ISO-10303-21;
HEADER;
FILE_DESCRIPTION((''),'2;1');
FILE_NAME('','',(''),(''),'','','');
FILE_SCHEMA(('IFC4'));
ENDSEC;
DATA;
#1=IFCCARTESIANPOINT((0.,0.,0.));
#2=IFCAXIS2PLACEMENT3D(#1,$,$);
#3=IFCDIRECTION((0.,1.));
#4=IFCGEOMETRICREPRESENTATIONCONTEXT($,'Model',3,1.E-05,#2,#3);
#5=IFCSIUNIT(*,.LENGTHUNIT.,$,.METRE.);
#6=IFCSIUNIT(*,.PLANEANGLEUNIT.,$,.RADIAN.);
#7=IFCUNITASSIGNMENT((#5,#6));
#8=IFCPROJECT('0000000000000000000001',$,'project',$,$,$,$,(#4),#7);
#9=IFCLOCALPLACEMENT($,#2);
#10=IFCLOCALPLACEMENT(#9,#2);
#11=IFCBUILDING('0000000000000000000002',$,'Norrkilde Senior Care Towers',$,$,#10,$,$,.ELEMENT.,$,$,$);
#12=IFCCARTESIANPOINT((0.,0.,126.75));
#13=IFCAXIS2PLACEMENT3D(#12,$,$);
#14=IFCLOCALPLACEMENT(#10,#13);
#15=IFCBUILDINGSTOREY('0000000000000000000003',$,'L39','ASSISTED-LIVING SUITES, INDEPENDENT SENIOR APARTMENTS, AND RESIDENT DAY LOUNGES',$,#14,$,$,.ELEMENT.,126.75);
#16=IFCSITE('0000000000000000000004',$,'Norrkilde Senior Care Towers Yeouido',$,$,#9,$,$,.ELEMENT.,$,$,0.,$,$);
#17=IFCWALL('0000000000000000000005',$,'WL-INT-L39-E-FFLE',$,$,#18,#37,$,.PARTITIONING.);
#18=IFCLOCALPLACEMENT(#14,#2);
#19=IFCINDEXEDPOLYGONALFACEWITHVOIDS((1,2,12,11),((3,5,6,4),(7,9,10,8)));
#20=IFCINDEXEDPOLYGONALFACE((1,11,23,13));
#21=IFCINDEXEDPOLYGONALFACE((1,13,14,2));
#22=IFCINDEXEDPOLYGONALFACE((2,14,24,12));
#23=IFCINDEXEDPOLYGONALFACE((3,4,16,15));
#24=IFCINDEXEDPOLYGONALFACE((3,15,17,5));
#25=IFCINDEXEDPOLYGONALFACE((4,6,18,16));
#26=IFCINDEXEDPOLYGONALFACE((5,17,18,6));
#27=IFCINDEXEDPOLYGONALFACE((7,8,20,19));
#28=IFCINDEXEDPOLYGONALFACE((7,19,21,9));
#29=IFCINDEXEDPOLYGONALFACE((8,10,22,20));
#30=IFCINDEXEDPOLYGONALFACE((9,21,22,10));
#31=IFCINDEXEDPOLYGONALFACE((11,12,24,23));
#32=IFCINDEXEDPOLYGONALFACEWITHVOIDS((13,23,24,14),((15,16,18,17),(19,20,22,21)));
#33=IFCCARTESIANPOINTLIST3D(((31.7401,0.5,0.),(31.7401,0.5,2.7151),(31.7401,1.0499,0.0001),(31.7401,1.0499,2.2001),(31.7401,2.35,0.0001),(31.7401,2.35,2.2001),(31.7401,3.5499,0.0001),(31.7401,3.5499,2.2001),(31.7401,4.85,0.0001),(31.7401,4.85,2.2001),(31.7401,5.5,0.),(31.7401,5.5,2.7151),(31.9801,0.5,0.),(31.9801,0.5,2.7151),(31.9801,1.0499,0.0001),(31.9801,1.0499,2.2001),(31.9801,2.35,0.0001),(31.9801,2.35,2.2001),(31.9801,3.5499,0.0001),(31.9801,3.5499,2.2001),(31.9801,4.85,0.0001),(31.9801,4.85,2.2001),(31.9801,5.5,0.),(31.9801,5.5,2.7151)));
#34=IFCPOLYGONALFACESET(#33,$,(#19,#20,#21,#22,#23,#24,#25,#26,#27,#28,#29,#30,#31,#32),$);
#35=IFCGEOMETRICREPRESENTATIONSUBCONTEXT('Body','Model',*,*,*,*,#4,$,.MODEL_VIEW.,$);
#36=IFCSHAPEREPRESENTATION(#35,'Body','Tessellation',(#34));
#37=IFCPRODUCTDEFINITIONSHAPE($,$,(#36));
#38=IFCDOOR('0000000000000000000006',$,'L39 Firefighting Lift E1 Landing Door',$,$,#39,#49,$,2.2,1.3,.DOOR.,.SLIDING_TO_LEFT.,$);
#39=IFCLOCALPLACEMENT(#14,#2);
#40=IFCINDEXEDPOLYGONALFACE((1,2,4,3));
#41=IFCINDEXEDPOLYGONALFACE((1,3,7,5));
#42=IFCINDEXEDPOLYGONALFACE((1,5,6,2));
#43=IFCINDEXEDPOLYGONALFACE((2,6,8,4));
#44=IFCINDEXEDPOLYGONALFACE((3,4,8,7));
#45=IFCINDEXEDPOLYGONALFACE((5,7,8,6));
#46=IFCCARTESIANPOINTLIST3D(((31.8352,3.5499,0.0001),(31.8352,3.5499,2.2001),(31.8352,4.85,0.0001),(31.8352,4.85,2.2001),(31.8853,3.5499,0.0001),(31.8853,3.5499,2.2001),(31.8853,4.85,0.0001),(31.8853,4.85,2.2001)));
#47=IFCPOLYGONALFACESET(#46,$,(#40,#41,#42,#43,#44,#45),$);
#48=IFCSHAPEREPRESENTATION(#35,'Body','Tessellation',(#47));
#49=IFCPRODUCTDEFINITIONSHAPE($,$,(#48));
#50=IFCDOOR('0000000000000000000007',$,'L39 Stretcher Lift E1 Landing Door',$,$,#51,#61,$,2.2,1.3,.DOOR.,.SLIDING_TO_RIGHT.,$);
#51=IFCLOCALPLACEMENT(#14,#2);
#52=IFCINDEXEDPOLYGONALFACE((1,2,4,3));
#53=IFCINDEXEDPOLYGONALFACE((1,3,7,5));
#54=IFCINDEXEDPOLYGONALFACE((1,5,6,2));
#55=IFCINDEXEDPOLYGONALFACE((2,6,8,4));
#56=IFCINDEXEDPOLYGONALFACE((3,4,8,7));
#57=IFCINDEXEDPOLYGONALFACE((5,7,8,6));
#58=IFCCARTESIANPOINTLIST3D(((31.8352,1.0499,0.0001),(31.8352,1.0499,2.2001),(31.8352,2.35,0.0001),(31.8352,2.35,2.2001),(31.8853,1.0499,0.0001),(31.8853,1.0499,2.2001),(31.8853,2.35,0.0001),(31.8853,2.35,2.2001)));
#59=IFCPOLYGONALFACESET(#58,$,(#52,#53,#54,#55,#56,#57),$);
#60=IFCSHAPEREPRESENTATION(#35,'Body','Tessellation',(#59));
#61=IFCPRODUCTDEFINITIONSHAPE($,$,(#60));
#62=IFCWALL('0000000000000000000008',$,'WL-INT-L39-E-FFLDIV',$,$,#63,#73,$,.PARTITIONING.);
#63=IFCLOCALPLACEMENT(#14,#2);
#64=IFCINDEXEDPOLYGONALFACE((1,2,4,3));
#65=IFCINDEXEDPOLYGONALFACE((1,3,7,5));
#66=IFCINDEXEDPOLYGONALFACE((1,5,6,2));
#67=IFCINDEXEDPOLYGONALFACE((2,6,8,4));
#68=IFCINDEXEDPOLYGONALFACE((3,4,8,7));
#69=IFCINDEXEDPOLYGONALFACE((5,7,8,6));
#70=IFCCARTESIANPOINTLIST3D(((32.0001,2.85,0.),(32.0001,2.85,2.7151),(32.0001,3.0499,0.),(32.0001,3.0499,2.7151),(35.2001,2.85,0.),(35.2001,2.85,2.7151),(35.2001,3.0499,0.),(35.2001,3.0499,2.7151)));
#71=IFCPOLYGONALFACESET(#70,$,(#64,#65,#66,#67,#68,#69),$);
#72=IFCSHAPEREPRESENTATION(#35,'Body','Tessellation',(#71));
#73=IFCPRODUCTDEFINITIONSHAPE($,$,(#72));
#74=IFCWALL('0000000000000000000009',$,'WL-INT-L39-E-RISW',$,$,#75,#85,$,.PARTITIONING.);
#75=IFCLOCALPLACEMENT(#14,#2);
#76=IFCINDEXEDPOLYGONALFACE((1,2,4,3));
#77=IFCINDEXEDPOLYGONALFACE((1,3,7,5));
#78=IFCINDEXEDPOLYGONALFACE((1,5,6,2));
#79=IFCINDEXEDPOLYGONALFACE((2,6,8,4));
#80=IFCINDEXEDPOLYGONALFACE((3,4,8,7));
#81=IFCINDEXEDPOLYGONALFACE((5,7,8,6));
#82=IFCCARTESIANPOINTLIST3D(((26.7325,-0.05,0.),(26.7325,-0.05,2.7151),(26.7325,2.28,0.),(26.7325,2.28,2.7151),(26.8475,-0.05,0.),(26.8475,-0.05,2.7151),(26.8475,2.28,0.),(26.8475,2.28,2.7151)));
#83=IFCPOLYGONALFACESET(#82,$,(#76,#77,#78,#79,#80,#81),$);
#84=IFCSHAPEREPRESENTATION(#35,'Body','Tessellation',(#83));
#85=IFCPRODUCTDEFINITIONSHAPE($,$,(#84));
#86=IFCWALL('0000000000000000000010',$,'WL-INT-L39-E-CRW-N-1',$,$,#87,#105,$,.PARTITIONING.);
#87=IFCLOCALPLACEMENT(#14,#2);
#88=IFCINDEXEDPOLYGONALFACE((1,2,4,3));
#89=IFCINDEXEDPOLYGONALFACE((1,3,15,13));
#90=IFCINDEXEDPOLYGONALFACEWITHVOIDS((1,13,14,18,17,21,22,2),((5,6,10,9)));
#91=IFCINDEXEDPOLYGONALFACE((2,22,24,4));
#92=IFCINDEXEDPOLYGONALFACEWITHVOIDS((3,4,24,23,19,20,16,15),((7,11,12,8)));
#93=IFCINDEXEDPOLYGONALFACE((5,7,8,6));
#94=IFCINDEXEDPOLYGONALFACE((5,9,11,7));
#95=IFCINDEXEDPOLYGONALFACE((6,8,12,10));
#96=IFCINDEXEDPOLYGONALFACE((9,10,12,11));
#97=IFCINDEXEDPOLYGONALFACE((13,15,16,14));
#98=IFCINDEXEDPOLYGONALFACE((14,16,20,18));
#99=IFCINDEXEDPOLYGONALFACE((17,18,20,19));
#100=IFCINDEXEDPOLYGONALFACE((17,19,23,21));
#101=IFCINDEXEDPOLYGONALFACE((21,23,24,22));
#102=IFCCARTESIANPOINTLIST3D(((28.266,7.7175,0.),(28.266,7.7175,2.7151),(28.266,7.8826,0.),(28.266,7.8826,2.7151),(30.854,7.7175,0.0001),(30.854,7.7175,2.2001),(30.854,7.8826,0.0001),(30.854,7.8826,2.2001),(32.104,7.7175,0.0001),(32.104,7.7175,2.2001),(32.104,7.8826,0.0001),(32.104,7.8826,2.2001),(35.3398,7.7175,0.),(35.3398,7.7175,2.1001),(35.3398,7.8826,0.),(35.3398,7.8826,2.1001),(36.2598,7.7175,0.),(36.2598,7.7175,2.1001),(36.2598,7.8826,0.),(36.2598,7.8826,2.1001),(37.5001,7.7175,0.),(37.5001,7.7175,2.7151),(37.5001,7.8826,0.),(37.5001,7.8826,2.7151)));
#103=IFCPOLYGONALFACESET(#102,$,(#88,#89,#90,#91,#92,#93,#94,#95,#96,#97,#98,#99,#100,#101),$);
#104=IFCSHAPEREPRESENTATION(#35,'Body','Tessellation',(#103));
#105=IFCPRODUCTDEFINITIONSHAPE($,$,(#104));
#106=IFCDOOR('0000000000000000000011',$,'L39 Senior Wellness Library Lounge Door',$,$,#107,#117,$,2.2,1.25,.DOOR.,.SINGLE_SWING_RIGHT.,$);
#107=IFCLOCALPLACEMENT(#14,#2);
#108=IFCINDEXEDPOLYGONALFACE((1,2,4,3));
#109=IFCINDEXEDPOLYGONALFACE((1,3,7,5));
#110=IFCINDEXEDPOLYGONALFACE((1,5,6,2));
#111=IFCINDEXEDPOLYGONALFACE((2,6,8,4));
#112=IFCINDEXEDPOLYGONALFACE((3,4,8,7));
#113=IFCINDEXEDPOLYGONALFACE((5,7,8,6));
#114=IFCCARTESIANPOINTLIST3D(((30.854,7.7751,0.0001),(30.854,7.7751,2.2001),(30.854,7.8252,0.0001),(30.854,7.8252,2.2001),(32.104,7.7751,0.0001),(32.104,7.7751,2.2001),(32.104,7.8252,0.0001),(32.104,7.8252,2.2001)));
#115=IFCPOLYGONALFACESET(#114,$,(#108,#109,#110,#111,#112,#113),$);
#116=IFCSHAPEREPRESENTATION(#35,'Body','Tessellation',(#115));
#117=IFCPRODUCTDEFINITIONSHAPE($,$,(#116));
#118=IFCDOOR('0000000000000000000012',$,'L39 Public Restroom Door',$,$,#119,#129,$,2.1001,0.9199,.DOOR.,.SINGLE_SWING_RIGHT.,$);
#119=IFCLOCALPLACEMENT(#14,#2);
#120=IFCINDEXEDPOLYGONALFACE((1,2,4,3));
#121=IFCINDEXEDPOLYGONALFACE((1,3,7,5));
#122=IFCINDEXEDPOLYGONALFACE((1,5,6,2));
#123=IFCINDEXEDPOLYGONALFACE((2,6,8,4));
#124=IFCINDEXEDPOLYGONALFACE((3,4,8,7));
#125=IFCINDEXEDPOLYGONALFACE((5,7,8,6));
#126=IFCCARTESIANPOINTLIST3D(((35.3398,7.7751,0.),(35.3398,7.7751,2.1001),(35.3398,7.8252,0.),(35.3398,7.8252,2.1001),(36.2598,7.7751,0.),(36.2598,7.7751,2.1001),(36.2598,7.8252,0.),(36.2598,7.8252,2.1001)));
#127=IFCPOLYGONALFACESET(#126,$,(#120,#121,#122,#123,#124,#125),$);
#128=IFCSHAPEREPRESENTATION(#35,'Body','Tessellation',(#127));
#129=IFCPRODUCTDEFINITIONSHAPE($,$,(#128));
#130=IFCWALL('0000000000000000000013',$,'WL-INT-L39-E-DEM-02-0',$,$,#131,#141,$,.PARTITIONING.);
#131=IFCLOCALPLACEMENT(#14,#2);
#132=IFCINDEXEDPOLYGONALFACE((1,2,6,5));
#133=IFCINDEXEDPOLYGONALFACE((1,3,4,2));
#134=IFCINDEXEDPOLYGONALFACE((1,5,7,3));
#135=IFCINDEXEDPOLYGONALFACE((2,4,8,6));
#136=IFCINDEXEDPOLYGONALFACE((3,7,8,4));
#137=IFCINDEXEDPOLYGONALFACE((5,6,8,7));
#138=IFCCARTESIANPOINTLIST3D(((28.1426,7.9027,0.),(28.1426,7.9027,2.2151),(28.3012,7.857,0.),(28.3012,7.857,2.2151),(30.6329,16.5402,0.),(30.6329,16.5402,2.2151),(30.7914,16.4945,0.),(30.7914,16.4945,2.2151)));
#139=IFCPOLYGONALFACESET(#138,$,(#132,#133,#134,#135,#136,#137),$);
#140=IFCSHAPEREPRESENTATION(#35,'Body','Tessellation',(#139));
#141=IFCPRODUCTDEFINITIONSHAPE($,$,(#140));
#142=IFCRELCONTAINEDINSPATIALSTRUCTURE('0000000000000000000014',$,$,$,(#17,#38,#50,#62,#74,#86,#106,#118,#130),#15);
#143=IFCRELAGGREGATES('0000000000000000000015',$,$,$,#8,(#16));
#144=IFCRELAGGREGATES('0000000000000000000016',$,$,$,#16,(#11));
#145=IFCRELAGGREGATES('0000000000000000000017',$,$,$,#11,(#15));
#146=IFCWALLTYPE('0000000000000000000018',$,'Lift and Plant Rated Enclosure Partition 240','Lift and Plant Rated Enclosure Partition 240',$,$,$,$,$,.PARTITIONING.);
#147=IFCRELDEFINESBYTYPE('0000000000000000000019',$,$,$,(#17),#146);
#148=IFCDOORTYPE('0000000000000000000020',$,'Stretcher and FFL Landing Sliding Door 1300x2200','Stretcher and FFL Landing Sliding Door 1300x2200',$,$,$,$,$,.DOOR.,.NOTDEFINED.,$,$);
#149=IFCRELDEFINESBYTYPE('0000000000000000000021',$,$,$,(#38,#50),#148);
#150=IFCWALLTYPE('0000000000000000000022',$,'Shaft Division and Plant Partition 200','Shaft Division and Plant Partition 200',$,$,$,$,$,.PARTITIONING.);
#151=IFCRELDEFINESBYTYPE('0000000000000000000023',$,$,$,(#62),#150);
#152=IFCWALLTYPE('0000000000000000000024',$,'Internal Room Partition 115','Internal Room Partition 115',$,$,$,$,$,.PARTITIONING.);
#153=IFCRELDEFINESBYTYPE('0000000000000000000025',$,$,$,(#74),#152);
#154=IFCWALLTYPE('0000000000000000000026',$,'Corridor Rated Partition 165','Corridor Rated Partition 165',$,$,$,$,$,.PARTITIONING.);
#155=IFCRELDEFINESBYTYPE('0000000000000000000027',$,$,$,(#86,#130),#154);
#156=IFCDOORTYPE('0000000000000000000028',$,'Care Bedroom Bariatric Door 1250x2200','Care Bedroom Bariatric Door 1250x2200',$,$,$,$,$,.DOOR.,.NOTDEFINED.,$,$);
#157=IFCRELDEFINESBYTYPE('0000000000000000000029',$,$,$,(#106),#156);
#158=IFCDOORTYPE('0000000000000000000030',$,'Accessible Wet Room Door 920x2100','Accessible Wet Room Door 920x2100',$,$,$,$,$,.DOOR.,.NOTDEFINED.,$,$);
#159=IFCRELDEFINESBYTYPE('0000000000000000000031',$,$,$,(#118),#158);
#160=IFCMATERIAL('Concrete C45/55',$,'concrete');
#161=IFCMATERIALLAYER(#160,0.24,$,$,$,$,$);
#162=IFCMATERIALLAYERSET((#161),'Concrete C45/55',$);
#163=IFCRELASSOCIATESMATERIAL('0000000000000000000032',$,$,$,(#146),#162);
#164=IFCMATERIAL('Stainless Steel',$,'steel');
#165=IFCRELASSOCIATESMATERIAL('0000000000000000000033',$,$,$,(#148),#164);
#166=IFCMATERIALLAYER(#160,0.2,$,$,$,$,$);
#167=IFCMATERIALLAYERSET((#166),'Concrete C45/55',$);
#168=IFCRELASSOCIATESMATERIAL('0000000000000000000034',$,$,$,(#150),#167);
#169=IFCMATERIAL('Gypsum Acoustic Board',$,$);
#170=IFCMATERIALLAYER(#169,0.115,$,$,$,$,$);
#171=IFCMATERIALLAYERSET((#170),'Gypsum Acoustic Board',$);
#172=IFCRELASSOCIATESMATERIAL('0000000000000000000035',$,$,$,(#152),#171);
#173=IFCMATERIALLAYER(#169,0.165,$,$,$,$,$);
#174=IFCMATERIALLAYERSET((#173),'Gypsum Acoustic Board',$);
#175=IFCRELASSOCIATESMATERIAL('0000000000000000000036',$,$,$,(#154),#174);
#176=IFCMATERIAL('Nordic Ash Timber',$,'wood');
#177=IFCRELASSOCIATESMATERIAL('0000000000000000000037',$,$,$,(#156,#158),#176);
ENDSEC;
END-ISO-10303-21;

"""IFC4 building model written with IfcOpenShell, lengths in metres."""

from ifc_helpers import new_model, si_unit, direction, frame, frame_2d, origin, place, context, subcontext, project, spatial, rectangle, extrude, source, transform, mapped, material, layer, layer_set, type_object, type_shapes, element, fill, save


model = new_model("IFC4")

# Units and contexts
model_context = context("Model", 3, precision=1e-05, world=origin(), true_north=direction((0.0, 1.0)))
body_context = subcontext(model_context, "Body", "Model", "MODEL_VIEW")
ifc_project = project(units=[si_unit("LENGTHUNIT", "METRE"), si_unit("PLANEANGLEUNIT", "RADIAN")], contexts=[model_context])

# Site, building, storey
site_placement = place(None, origin())
site = spatial("IfcSite", under=ifc_project, at=site_placement, Name="Norrkilde Senior Care Towers Yeouido", CompositionType="ELEMENT", RefElevation=0.0)
building_placement = place(site_placement, origin())
building = spatial("IfcBuilding", under=site, at=building_placement, Name="Norrkilde Senior Care Towers", CompositionType="ELEMENT")
storey_placement = place(building_placement, frame((0.0, 0.0, 126.75)))
storey = spatial("IfcBuildingStorey", under=building, at=storey_placement, Name="L39", Description="ASSISTED-LIVING SUITES, INDEPENDENT SENIOR APARTMENTS, AND RESIDENT DAY LOUNGES", CompositionType="ELEMENT", Elevation=126.75)

# Wall, openings, doors
ifc_material_1 = material(Name="Concrete C45/55", Category="concrete")
ifc_layer_1 = layer(ifc_material_1, 0.24)
ifc_layer_set_1 = layer_set([ifc_layer_1], Name="Concrete C45/55")
wall_type_1 = type_object("IfcWallType", Name="Lift and Plant Rated Enclosure Partition 240", Description="Lift and Plant Rated Enclosure Partition 240", PredefinedType="PARTITIONING", material=ifc_layer_set_1)
shared_shape_1 = source(origin(), body_context, "Body", "SweptSolid", [
    extrude(rectangle(XDim=5.0, YDim=0.24, at=frame_2d((2.5, 0.0))), origin(), (0.0, 0.0, 1.0), 2.7151),
])
type_shapes(wall_type_1, [shared_shape_1])
wall_1_placement = place(storey_placement, frame((31.8601, 0.5, 0.0), z_axis=(0.0, 0.0, 1.0), x_axis=(0.0, 1.0, 0.0)))
wall_1 = element("IfcWall", 1, at=wall_1_placement, inside=storey, type_object=wall_type_1, Name="WL-INT-L39-E-FFLE", PredefinedType="PARTITIONING", context=body_context, shape_type="MappedRepresentation", body=[
    mapped(shared_shape_1, transform((0.0, 0.0, 0.0), x_axis=(1.0, 0.0, 0.0), y_axis=(0.0, 1.0, 0.0), z_axis=(0.0, 0.0, 1.0), scale=1.0)),
])
opening_1_placement = place(wall_1_placement, frame((3.05, 0.0, 0.0)))
opening_1 = element("IfcOpeningElement", 2, at=opening_1_placement, cuts=wall_1, PredefinedType="OPENING", context=body_context, shape_type="SweptSolid", body=[
    extrude(rectangle(XDim=1.3, YDim=2.2, at=frame_2d((0.6499, 1.1001))), frame((0.0, 0.1299, 0.0), z_axis=(0.0, -1.0, 0.0), x_axis=(1.0, 0.0, 0.0)), (0.0, 0.0, 1.0), 0.26),
])
opening_2_placement = place(wall_1_placement, frame((0.55, 0.0, 0.0)))
opening_2 = element("IfcOpeningElement", 3, at=opening_2_placement, cuts=wall_1, PredefinedType="OPENING", context=body_context, shape_type="SweptSolid", body=[
    extrude(rectangle(XDim=1.3, YDim=2.2, at=frame_2d((0.6499, 1.1001))), frame((0.0, 0.1299, 0.0), z_axis=(0.0, -1.0, 0.0), x_axis=(1.0, 0.0, 0.0)), (0.0, 0.0, 1.0), 0.26),
])
ifc_material_2 = material(Name="Stainless Steel", Category="steel")
door_type_1 = type_object("IfcDoorType", Name="Stretcher and FFL Landing Sliding Door 1300x2200", Description="Stretcher and FFL Landing Sliding Door 1300x2200", OperationType="NOTDEFINED", PredefinedType="DOOR", material=ifc_material_2)
shared_shape_2 = source(origin(), body_context, "Body", "SweptSolid", [
    extrude(rectangle(XDim=1.3, YDim=2.2, at=frame_2d((0.6499, 1.1001))), frame((0.0, 0.0249, 0.0), z_axis=(0.0, -1.0, 0.0), x_axis=(1.0, 0.0, 0.0)), (0.0, 0.0, 1.0), 0.05),
])
type_shapes(door_type_1, [shared_shape_2])
door_1_placement = place(opening_1_placement, origin())
door_1 = element("IfcDoor", 4, at=door_1_placement, inside=storey, type_object=door_type_1, Name="L39 Firefighting Lift E1 Landing Door", OperationType="SLIDING_TO_LEFT", OverallHeight=2.2, OverallWidth=1.3, PredefinedType="DOOR", context=body_context, shape_type="MappedRepresentation", body=[
    mapped(shared_shape_2, transform((0.0, 0.0, 0.0), x_axis=(1.0, 0.0, 0.0), y_axis=(0.0, 1.0, 0.0), z_axis=(0.0, 0.0, 1.0), scale=1.0)),
])
fill(opening_1, door_1)
door_2_placement = place(opening_2_placement, origin())
door_2 = element("IfcDoor", 5, at=door_2_placement, inside=storey, type_object=door_type_1, Name="L39 Stretcher Lift E1 Landing Door", OperationType="SLIDING_TO_RIGHT", OverallHeight=2.2, OverallWidth=1.3, PredefinedType="DOOR", context=body_context, shape_type="MappedRepresentation", body=[
    mapped(shared_shape_2, transform((0.0, 0.0, 0.0), x_axis=(1.0, 0.0, 0.0), y_axis=(0.0, 1.0, 0.0), z_axis=(0.0, 0.0, 1.0), scale=1.0)),
])
fill(opening_2, door_2)

# Wall
ifc_layer_2 = layer(ifc_material_1, 0.2)
ifc_layer_set_2 = layer_set([ifc_layer_2], Name="Concrete C45/55")
wall_type_2 = type_object("IfcWallType", Name="Shaft Division and Plant Partition 200", Description="Shaft Division and Plant Partition 200", PredefinedType="PARTITIONING", material=ifc_layer_set_2)
shared_shape_3 = source(origin(), body_context, "Body", "SweptSolid", [
    extrude(rectangle(XDim=3.2, YDim=0.2, at=frame_2d((1.6001, 0.0))), origin(), (0.0, 0.0, 1.0), 2.7151),
])
type_shapes(wall_type_2, [shared_shape_3])
wall_2_placement = place(storey_placement, frame((32.0, 2.95, 0.0), z_axis=(0.0, 0.0, 1.0), x_axis=(1.0, 0.0, 0.0)))
element("IfcWall", 6, at=wall_2_placement, inside=storey, type_object=wall_type_2, Name="WL-INT-L39-E-FFLDIV", PredefinedType="PARTITIONING", context=body_context, shape_type="MappedRepresentation", body=[
    mapped(shared_shape_3, transform((0.0, 0.0, 0.0), x_axis=(1.0, 0.0, 0.0), y_axis=(0.0, 1.0, 0.0), z_axis=(0.0, 0.0, 1.0), scale=1.0)),
])

# Wall
ifc_material_3 = material(Name="Gypsum Acoustic Board")
ifc_layer_3 = layer(ifc_material_3, 0.115)
ifc_layer_set_3 = layer_set([ifc_layer_3], Name="Gypsum Acoustic Board")
wall_type_3 = type_object("IfcWallType", Name="Internal Room Partition 115", Description="Internal Room Partition 115", PredefinedType="PARTITIONING", material=ifc_layer_set_3)
shared_shape_4 = source(origin(), body_context, "Body", "SweptSolid", [
    extrude(rectangle(XDim=2.3301, YDim=0.115, at=frame_2d((1.165, 0.0))), origin(), (0.0, 0.0, 1.0), 2.7151),
])
type_shapes(wall_type_3, [shared_shape_4])
wall_3_placement = place(storey_placement, frame((26.79, -0.05, 0.0), z_axis=(0.0, 0.0, 1.0), x_axis=(0.0, 1.0, 0.0)))
element("IfcWall", 7, at=wall_3_placement, inside=storey, type_object=wall_type_3, Name="WL-INT-L39-E-RISW", PredefinedType="PARTITIONING", context=body_context, shape_type="MappedRepresentation", body=[
    mapped(shared_shape_4, transform((0.0, 0.0, 0.0), x_axis=(1.0, 0.0, 0.0), y_axis=(0.0, 1.0, 0.0), z_axis=(0.0, 0.0, 1.0), scale=1.0)),
])

# Wall, openings, doors
ifc_layer_4 = layer(ifc_material_3, 0.165)
ifc_layer_set_4 = layer_set([ifc_layer_4], Name="Gypsum Acoustic Board")
wall_type_4 = type_object("IfcWallType", Name="Corridor Rated Partition 165", Description="Corridor Rated Partition 165", PredefinedType="PARTITIONING", material=ifc_layer_set_4)
shared_shape_5 = source(origin(), body_context, "Body", "SweptSolid", [
    extrude(rectangle(XDim=9.2341, YDim=0.165, at=frame_2d((4.6172, 0.0))), origin(), (0.0, 0.0, 1.0), 2.7151),
])
wall_4_placement = place(storey_placement, frame((28.2659, 7.8, 0.0), z_axis=(0.0, 0.0, 1.0), x_axis=(1.0, 0.0, 0.0)))
wall_4 = element("IfcWall", 8, at=wall_4_placement, inside=storey, type_object=wall_type_4, Name="WL-INT-L39-E-CRW-N-1", PredefinedType="PARTITIONING", context=body_context, shape_type="MappedRepresentation", body=[
    mapped(shared_shape_5, transform((0.0, 0.0, 0.0), x_axis=(1.0, 0.0, 0.0), y_axis=(0.0, 1.0, 0.0), z_axis=(0.0, 0.0, 1.0), scale=1.0)),
])
opening_3_placement = place(wall_4_placement, frame((7.074, 0.0, 0.0)))
opening_3 = element("IfcOpeningElement", 9, at=opening_3_placement, cuts=wall_4, PredefinedType="OPENING", context=body_context, shape_type="SweptSolid", body=[
    extrude(rectangle(XDim=0.9199, YDim=2.1001, at=frame_2d((0.46, 1.05))), frame((0.0, 0.0925, 0.0), z_axis=(0.0, -1.0, 0.0), x_axis=(1.0, 0.0, 0.0)), (0.0, 0.0, 1.0), 0.1851),
])
opening_4_placement = place(wall_4_placement, frame((2.5881, 0.0, 0.0)))
opening_4 = element("IfcOpeningElement", 10, at=opening_4_placement, cuts=wall_4, PredefinedType="OPENING", context=body_context, shape_type="SweptSolid", body=[
    extrude(rectangle(XDim=1.25, YDim=2.2, at=frame_2d((0.625, 1.1001))), frame((0.0, 0.0925, 0.0), z_axis=(0.0, -1.0, 0.0), x_axis=(1.0, 0.0, 0.0)), (0.0, 0.0, 1.0), 0.1851),
])
ifc_material_4 = material(Name="Nordic Ash Timber", Category="wood")
door_type_2 = type_object("IfcDoorType", Name="Care Bedroom Bariatric Door 1250x2200", Description="Care Bedroom Bariatric Door 1250x2200", OperationType="NOTDEFINED", PredefinedType="DOOR", material=ifc_material_4)
shared_shape_6 = source(origin(), body_context, "Body", "SweptSolid", [
    extrude(rectangle(XDim=1.25, YDim=2.2, at=frame_2d((0.625, 1.1001))), frame((0.0, 0.0249, 0.0), z_axis=(0.0, -1.0, 0.0), x_axis=(1.0, 0.0, 0.0)), (0.0, 0.0, 1.0), 0.05),
])
type_shapes(door_type_2, [shared_shape_6])
door_3_placement = place(opening_4_placement, frame((1.25, 0.0, 0.0), z_axis=(0.0, 0.0, 1.0), x_axis=(-1.0, 0.0, 0.0)))
door_3 = element("IfcDoor", 11, at=door_3_placement, inside=storey, type_object=door_type_2, Name="L39 Senior Wellness Library Lounge Door", OperationType="SINGLE_SWING_RIGHT", OverallHeight=2.2, OverallWidth=1.25, PredefinedType="DOOR", context=body_context, shape_type="MappedRepresentation", body=[
    mapped(shared_shape_6, transform((0.0, 0.0, 0.0), x_axis=(1.0, 0.0, 0.0), y_axis=(0.0, 1.0, 0.0), z_axis=(0.0, 0.0, 1.0), scale=1.0)),
])
fill(opening_4, door_3)
door_type_3 = type_object("IfcDoorType", Name="Accessible Wet Room Door 920x2100", Description="Accessible Wet Room Door 920x2100", OperationType="NOTDEFINED", PredefinedType="DOOR", material=ifc_material_4)
shared_shape_7 = source(origin(), body_context, "Body", "SweptSolid", [
    extrude(rectangle(XDim=0.9199, YDim=2.1001, at=frame_2d((0.46, 1.05))), frame((0.0, 0.0249, 0.0), z_axis=(0.0, -1.0, 0.0), x_axis=(1.0, 0.0, 0.0)), (0.0, 0.0, 1.0), 0.05),
])
type_shapes(door_type_3, [shared_shape_7])
door_4_placement = place(opening_3_placement, frame((0.9199, 0.0, 0.0), z_axis=(0.0, 0.0, 1.0), x_axis=(-1.0, 0.0, 0.0)))
door_4 = element("IfcDoor", 12, at=door_4_placement, inside=storey, type_object=door_type_3, Name="L39 Public Restroom Door", OperationType="SINGLE_SWING_RIGHT", OverallHeight=2.1001, OverallWidth=0.9199, PredefinedType="DOOR", context=body_context, shape_type="MappedRepresentation", body=[
    mapped(shared_shape_7, transform((0.0, 0.0, 0.0), x_axis=(1.0, 0.0, 0.0), y_axis=(0.0, 1.0, 0.0), z_axis=(0.0, 0.0, 1.0), scale=1.0)),
])
fill(opening_3, door_4)

# Wall
shared_shape_8 = source(origin(), body_context, "Body", "SweptSolid", [
    extrude(rectangle(XDim=8.9893, YDim=0.165, at=frame_2d((4.4946, 0.0))), origin(), (0.0, 0.0, 1.0), 2.2151),
])
wall_5_placement = place(storey_placement, frame((28.2219, 7.8799, 0.0), z_axis=(0.0, 0.0, 1.0), x_axis=(0.277023, 0.960863, 0.0)))
element("IfcWall", 13, at=wall_5_placement, inside=storey, type_object=wall_type_4, Name="WL-INT-L39-E-DEM-02-0", PredefinedType="PARTITIONING", context=body_context, shape_type="MappedRepresentation", body=[
    mapped(shared_shape_8, transform((0.0, 0.0, 0.0), x_axis=(1.0, 0.0, 0.0), y_axis=(0.0, 1.0, 0.0), z_axis=(0.0, 0.0, 1.0), scale=1.0)),
])

save(model, "model.ifc")
